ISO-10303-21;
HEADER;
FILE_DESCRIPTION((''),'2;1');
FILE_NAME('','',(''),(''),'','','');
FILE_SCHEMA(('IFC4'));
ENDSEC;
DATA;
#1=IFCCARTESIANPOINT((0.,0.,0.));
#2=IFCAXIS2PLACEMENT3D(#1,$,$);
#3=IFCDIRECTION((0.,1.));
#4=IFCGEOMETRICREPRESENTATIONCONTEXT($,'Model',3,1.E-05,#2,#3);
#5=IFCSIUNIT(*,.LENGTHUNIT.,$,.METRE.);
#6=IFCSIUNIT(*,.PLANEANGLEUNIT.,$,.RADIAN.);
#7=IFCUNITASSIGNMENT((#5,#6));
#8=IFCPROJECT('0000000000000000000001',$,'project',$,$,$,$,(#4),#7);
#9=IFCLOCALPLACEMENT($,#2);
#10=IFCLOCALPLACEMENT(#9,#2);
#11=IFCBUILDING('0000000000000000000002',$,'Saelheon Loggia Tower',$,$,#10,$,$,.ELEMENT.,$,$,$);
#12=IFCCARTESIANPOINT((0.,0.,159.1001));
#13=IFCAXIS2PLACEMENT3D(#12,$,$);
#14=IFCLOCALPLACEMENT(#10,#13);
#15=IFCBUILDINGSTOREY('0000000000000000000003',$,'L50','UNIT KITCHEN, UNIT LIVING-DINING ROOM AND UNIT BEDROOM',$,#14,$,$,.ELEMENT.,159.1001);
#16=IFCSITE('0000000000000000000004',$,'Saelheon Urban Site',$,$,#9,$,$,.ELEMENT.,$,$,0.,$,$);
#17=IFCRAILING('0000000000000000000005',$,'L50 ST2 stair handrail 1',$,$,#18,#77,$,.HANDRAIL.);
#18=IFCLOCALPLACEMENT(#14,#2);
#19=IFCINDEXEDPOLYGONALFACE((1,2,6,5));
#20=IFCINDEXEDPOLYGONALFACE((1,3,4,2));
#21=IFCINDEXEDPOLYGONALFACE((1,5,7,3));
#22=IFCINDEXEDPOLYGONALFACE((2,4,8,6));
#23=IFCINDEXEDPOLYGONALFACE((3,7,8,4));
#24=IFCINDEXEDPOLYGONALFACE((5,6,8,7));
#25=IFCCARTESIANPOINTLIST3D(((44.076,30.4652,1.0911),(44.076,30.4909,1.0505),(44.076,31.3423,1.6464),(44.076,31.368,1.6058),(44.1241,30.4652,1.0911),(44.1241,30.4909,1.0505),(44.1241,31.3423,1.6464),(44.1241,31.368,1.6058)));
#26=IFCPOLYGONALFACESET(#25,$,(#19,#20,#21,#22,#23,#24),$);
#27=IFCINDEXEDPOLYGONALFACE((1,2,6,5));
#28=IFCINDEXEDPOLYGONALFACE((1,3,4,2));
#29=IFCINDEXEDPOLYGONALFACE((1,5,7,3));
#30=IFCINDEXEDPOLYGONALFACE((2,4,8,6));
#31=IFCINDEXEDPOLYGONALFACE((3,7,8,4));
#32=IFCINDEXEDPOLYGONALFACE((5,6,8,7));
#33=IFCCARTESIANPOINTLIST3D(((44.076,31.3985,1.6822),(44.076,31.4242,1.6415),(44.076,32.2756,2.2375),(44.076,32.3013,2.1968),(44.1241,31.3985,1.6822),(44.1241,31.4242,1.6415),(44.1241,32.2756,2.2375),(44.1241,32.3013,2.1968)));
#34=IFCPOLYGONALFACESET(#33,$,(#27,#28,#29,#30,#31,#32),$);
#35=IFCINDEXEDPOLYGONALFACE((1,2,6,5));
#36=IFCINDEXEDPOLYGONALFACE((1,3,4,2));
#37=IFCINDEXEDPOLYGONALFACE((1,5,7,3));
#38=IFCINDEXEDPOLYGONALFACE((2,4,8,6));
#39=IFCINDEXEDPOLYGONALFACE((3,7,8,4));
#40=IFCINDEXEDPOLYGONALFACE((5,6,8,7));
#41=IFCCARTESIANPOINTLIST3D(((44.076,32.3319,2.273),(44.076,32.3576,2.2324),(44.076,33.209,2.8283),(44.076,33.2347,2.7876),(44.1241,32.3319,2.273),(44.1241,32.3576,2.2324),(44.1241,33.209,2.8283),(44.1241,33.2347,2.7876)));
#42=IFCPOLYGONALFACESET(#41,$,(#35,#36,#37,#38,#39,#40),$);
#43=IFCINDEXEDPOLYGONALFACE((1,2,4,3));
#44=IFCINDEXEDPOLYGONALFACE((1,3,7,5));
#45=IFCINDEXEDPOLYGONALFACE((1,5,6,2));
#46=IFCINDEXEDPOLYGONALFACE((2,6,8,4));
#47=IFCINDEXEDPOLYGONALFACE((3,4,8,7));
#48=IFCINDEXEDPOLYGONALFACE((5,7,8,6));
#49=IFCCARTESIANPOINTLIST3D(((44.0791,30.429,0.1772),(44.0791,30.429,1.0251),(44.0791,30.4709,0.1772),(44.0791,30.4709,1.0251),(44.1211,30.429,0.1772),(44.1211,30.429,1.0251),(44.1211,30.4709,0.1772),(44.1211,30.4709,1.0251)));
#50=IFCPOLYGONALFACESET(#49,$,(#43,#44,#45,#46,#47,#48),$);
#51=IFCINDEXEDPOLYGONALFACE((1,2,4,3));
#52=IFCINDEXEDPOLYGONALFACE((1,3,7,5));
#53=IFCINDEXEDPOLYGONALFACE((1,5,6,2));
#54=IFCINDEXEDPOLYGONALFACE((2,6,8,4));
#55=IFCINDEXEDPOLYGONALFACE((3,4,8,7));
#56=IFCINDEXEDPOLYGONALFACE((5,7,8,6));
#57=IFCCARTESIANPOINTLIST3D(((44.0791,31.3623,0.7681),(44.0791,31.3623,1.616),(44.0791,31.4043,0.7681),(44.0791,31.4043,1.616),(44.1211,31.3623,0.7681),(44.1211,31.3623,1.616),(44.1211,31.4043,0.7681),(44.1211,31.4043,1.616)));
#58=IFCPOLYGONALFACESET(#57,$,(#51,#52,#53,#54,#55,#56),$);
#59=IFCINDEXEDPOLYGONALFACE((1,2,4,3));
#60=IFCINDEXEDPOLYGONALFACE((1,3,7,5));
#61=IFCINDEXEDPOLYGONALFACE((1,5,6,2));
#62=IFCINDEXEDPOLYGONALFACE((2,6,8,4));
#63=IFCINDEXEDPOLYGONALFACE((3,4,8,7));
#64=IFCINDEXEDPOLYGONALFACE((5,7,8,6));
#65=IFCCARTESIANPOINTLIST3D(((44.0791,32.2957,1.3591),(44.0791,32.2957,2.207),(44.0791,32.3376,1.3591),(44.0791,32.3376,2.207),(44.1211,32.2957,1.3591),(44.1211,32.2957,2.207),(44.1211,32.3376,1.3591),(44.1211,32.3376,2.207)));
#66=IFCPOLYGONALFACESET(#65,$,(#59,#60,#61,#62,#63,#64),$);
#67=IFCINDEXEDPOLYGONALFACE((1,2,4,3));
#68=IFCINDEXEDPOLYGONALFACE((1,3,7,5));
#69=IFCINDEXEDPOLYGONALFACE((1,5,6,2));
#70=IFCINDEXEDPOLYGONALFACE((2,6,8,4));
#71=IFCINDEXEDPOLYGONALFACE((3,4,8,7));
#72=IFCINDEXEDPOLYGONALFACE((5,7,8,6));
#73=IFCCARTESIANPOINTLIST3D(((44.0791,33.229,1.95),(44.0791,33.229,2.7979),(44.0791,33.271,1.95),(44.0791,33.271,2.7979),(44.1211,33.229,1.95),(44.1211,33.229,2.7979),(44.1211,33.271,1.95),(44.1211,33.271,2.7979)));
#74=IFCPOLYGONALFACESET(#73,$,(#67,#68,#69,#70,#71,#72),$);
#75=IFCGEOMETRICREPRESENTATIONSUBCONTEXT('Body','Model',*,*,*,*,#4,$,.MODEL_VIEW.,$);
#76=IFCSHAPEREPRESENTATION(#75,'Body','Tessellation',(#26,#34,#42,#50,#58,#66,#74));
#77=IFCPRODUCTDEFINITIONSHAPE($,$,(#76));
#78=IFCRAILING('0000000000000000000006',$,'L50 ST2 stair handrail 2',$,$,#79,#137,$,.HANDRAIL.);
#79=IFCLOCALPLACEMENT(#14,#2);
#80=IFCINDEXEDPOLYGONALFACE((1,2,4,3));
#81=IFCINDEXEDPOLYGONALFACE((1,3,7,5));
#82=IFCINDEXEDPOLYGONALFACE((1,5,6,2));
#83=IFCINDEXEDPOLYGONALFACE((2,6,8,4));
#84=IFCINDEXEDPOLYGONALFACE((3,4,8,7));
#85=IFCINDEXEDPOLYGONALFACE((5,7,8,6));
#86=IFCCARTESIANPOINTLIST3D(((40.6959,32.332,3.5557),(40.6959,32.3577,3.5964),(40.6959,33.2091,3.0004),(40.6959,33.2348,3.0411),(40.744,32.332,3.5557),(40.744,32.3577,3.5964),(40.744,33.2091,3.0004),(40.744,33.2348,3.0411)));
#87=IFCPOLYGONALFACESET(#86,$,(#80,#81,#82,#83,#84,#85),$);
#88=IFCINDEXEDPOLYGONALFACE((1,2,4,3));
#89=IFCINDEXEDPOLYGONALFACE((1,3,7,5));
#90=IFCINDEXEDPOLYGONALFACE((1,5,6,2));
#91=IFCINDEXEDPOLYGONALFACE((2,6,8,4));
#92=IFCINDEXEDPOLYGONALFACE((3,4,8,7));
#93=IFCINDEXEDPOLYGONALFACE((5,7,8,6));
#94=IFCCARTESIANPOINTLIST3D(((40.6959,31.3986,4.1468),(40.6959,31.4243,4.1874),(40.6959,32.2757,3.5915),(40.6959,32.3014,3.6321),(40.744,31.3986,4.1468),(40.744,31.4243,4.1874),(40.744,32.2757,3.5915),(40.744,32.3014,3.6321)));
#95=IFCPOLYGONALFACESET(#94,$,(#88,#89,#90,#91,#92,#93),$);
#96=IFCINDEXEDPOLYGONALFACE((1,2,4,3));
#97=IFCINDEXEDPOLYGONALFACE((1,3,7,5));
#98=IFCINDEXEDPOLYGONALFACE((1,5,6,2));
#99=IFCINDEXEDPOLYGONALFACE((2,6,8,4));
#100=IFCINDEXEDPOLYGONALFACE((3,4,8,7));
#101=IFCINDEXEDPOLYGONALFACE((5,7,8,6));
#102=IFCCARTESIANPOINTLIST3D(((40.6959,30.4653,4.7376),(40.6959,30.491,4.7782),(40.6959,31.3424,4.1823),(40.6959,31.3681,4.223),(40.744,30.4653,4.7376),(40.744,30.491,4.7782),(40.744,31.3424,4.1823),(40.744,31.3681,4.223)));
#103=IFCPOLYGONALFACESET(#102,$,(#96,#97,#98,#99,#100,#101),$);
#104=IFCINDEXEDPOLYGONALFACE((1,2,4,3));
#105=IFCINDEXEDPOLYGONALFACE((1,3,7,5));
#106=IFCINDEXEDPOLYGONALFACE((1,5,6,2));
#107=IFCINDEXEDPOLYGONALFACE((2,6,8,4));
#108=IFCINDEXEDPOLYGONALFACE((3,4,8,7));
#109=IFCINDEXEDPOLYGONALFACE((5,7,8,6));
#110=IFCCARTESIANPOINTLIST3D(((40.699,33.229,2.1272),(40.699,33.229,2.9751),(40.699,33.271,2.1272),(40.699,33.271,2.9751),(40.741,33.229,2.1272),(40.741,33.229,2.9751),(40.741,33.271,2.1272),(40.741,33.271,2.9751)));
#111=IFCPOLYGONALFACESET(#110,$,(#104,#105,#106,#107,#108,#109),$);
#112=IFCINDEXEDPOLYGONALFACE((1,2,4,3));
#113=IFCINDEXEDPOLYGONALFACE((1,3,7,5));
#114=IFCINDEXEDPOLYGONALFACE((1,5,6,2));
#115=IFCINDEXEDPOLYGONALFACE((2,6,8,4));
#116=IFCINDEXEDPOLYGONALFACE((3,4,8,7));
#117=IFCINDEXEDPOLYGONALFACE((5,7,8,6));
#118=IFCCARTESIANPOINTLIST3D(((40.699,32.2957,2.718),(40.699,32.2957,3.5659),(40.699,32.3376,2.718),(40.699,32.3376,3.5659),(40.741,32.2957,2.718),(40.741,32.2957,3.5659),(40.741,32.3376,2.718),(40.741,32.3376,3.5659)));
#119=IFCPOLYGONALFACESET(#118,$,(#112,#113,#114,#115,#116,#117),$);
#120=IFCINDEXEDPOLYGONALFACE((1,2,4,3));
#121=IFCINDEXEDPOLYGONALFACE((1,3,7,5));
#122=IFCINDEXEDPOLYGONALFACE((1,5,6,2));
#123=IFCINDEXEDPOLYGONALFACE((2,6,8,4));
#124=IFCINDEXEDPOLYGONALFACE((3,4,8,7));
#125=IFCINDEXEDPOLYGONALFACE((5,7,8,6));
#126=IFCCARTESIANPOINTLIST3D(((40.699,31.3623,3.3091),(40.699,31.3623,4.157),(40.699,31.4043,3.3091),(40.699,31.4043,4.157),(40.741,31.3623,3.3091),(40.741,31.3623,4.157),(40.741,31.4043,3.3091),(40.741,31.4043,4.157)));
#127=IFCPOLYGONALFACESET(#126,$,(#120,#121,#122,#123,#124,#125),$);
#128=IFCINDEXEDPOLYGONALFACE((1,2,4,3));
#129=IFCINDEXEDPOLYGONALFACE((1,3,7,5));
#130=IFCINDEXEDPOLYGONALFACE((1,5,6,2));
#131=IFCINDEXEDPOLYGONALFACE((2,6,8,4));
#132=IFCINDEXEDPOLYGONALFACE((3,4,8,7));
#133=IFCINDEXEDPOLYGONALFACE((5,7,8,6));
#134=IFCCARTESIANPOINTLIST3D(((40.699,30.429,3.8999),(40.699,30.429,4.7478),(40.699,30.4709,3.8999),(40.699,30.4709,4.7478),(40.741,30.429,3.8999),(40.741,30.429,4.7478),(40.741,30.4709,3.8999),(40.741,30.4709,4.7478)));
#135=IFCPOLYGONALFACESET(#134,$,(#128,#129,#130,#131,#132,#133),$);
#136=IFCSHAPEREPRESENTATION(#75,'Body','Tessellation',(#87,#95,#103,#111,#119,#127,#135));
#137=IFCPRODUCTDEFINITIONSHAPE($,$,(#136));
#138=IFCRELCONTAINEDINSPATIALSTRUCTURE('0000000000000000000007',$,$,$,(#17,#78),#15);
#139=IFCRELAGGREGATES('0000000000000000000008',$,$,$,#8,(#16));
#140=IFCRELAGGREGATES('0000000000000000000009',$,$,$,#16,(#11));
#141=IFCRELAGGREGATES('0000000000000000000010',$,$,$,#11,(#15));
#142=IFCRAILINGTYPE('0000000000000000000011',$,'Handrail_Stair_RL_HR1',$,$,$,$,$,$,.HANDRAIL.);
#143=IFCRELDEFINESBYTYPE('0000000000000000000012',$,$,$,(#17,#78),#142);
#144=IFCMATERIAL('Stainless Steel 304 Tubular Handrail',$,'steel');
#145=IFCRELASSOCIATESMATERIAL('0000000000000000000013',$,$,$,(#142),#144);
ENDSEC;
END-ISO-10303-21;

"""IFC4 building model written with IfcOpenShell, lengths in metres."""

from ifc_helpers import new_model, si_unit, direction, frame, origin, origin_2d, place, context, subcontext, project, spatial, rectangle, extrude, material, type_object, element, save


model = new_model("IFC4")

# Units and contexts
model_context = context("Model", 3, precision=1e-05, world=origin(), true_north=direction((0.0, 1.0)))
body_context = subcontext(model_context, "Body", "Model", "MODEL_VIEW")
ifc_project = project(units=[si_unit("LENGTHUNIT", "METRE"), si_unit("PLANEANGLEUNIT", "RADIAN")], contexts=[model_context])

# Site, building, storey
site_placement = place(None, origin())
site = spatial("IfcSite", under=ifc_project, at=site_placement, Name="Saelheon Urban Site", CompositionType="ELEMENT", RefElevation=0.0)
building_placement = place(site_placement, origin())
building = spatial("IfcBuilding", under=site, at=building_placement, Name="Saelheon Loggia Tower", CompositionType="ELEMENT")
storey_placement = place(building_placement, frame((0.0, 0.0, 159.1001)))
storey = spatial("IfcBuildingStorey", under=building, at=storey_placement, Name="L50", Description="UNIT KITCHEN, UNIT LIVING-DINING ROOM AND UNIT BEDROOM", CompositionType="ELEMENT", Elevation=159.1001)

# Railings
ifc_material_1 = material(Name="Stainless Steel 304 Tubular Handrail", Category="steel")
railing_type_1 = type_object("IfcRailingType", Name="Handrail_Stair_RL_HR1", PredefinedType="HANDRAIL", material=ifc_material_1)
railing_1_placement = place(storey_placement, frame((44.1001, 30.45, 0.1772)))
element("IfcRailing", 1, at=railing_1_placement, inside=storey, type_object=railing_type_1, Name="L50 ST2 stair handrail 1", PredefinedType="HANDRAIL", context=body_context, shape_type="SweptSolid", body=[
    extrude(rectangle(XDim=0.0481, YDim=0.0481, at=origin_2d()), frame((0.0, 0.0281, 0.8936), z_axis=(0.0, 0.844909, 0.53491), x_axis=(-1.0, 0.0, 0.0)), (0.0, 0.0, 1.0), 1.0381),
    extrude(rectangle(XDim=0.0481, YDim=0.0481, at=origin_2d()), frame((0.0, 0.9614, 1.4846), z_axis=(0.0, 0.844909, 0.53491), x_axis=(-1.0, 0.0, 0.0)), (0.0, 0.0, 1.0), 1.0381),
    extrude(rectangle(XDim=0.0481, YDim=0.0481, at=origin_2d()), frame((0.0, 1.8948, 2.0754), z_axis=(0.0, 0.844909, 0.53491), x_axis=(-1.0, 0.0, 0.0)), (0.0, 0.0, 1.0), 1.0381),
    extrude(rectangle(XDim=0.042, YDim=0.042, at=origin_2d()), origin(), (0.0, 0.0, 1.0), 0.8479),
    extrude(rectangle(XDim=0.042, YDim=0.042, at=origin_2d()), frame((0.0, 0.9333, 0.5908)), (0.0, 0.0, 1.0), 0.8479),
    extrude(rectangle(XDim=0.042, YDim=0.042, at=origin_2d()), frame((0.0, 1.8667, 1.1819)), (0.0, 0.0, 1.0), 0.8479),
    extrude(rectangle(XDim=0.042, YDim=0.042, at=origin_2d()), frame((0.0, 2.8, 1.7727)), (0.0, 0.0, 1.0), 0.8479),
])
railing_2_placement = place(storey_placement, frame((40.72, 33.25, 2.1272)))
element("IfcRailing", 2, at=railing_2_placement, inside=storey, type_object=railing_type_1, Name="L50 ST2 stair handrail 2", PredefinedType="HANDRAIL", context=body_context, shape_type="SweptSolid", body=[
    extrude(rectangle(XDim=0.0481, YDim=0.0481, at=origin_2d()), frame((0.0, -0.0281, 0.8936), z_axis=(0.0, -0.844909, 0.53491), x_axis=(1.0, 0.0, 0.0)), (0.0, 0.0, 1.0), 1.0381),
    extrude(rectangle(XDim=0.0481, YDim=0.0481, at=origin_2d()), frame((0.0, -0.9614, 1.4846), z_axis=(0.0, -0.844909, 0.53491), x_axis=(1.0, 0.0, 0.0)), (0.0, 0.0, 1.0), 1.0381),
    extrude(rectangle(XDim=0.0481, YDim=0.0481, at=origin_2d()), frame((0.0, -1.8948, 2.0754), z_axis=(0.0, -0.844909, 0.53491), x_axis=(1.0, 0.0, 0.0)), (0.0, 0.0, 1.0), 1.0381),
    extrude(rectangle(XDim=0.042, YDim=0.042, at=origin_2d()), origin(), (0.0, 0.0, 1.0), 0.8479),
    extrude(rectangle(XDim=0.042, YDim=0.042, at=origin_2d()), frame((0.0, -0.9333, 0.5908)), (0.0, 0.0, 1.0), 0.8479),
    extrude(rectangle(XDim=0.042, YDim=0.042, at=origin_2d()), frame((0.0, -1.8667, 1.1819)), (0.0, 0.0, 1.0), 0.8479),
    extrude(rectangle(XDim=0.042, YDim=0.042, at=origin_2d()), frame((0.0, -2.8, 1.7727)), (0.0, 0.0, 1.0), 0.8479),
])

save(model, "model.ifc")
